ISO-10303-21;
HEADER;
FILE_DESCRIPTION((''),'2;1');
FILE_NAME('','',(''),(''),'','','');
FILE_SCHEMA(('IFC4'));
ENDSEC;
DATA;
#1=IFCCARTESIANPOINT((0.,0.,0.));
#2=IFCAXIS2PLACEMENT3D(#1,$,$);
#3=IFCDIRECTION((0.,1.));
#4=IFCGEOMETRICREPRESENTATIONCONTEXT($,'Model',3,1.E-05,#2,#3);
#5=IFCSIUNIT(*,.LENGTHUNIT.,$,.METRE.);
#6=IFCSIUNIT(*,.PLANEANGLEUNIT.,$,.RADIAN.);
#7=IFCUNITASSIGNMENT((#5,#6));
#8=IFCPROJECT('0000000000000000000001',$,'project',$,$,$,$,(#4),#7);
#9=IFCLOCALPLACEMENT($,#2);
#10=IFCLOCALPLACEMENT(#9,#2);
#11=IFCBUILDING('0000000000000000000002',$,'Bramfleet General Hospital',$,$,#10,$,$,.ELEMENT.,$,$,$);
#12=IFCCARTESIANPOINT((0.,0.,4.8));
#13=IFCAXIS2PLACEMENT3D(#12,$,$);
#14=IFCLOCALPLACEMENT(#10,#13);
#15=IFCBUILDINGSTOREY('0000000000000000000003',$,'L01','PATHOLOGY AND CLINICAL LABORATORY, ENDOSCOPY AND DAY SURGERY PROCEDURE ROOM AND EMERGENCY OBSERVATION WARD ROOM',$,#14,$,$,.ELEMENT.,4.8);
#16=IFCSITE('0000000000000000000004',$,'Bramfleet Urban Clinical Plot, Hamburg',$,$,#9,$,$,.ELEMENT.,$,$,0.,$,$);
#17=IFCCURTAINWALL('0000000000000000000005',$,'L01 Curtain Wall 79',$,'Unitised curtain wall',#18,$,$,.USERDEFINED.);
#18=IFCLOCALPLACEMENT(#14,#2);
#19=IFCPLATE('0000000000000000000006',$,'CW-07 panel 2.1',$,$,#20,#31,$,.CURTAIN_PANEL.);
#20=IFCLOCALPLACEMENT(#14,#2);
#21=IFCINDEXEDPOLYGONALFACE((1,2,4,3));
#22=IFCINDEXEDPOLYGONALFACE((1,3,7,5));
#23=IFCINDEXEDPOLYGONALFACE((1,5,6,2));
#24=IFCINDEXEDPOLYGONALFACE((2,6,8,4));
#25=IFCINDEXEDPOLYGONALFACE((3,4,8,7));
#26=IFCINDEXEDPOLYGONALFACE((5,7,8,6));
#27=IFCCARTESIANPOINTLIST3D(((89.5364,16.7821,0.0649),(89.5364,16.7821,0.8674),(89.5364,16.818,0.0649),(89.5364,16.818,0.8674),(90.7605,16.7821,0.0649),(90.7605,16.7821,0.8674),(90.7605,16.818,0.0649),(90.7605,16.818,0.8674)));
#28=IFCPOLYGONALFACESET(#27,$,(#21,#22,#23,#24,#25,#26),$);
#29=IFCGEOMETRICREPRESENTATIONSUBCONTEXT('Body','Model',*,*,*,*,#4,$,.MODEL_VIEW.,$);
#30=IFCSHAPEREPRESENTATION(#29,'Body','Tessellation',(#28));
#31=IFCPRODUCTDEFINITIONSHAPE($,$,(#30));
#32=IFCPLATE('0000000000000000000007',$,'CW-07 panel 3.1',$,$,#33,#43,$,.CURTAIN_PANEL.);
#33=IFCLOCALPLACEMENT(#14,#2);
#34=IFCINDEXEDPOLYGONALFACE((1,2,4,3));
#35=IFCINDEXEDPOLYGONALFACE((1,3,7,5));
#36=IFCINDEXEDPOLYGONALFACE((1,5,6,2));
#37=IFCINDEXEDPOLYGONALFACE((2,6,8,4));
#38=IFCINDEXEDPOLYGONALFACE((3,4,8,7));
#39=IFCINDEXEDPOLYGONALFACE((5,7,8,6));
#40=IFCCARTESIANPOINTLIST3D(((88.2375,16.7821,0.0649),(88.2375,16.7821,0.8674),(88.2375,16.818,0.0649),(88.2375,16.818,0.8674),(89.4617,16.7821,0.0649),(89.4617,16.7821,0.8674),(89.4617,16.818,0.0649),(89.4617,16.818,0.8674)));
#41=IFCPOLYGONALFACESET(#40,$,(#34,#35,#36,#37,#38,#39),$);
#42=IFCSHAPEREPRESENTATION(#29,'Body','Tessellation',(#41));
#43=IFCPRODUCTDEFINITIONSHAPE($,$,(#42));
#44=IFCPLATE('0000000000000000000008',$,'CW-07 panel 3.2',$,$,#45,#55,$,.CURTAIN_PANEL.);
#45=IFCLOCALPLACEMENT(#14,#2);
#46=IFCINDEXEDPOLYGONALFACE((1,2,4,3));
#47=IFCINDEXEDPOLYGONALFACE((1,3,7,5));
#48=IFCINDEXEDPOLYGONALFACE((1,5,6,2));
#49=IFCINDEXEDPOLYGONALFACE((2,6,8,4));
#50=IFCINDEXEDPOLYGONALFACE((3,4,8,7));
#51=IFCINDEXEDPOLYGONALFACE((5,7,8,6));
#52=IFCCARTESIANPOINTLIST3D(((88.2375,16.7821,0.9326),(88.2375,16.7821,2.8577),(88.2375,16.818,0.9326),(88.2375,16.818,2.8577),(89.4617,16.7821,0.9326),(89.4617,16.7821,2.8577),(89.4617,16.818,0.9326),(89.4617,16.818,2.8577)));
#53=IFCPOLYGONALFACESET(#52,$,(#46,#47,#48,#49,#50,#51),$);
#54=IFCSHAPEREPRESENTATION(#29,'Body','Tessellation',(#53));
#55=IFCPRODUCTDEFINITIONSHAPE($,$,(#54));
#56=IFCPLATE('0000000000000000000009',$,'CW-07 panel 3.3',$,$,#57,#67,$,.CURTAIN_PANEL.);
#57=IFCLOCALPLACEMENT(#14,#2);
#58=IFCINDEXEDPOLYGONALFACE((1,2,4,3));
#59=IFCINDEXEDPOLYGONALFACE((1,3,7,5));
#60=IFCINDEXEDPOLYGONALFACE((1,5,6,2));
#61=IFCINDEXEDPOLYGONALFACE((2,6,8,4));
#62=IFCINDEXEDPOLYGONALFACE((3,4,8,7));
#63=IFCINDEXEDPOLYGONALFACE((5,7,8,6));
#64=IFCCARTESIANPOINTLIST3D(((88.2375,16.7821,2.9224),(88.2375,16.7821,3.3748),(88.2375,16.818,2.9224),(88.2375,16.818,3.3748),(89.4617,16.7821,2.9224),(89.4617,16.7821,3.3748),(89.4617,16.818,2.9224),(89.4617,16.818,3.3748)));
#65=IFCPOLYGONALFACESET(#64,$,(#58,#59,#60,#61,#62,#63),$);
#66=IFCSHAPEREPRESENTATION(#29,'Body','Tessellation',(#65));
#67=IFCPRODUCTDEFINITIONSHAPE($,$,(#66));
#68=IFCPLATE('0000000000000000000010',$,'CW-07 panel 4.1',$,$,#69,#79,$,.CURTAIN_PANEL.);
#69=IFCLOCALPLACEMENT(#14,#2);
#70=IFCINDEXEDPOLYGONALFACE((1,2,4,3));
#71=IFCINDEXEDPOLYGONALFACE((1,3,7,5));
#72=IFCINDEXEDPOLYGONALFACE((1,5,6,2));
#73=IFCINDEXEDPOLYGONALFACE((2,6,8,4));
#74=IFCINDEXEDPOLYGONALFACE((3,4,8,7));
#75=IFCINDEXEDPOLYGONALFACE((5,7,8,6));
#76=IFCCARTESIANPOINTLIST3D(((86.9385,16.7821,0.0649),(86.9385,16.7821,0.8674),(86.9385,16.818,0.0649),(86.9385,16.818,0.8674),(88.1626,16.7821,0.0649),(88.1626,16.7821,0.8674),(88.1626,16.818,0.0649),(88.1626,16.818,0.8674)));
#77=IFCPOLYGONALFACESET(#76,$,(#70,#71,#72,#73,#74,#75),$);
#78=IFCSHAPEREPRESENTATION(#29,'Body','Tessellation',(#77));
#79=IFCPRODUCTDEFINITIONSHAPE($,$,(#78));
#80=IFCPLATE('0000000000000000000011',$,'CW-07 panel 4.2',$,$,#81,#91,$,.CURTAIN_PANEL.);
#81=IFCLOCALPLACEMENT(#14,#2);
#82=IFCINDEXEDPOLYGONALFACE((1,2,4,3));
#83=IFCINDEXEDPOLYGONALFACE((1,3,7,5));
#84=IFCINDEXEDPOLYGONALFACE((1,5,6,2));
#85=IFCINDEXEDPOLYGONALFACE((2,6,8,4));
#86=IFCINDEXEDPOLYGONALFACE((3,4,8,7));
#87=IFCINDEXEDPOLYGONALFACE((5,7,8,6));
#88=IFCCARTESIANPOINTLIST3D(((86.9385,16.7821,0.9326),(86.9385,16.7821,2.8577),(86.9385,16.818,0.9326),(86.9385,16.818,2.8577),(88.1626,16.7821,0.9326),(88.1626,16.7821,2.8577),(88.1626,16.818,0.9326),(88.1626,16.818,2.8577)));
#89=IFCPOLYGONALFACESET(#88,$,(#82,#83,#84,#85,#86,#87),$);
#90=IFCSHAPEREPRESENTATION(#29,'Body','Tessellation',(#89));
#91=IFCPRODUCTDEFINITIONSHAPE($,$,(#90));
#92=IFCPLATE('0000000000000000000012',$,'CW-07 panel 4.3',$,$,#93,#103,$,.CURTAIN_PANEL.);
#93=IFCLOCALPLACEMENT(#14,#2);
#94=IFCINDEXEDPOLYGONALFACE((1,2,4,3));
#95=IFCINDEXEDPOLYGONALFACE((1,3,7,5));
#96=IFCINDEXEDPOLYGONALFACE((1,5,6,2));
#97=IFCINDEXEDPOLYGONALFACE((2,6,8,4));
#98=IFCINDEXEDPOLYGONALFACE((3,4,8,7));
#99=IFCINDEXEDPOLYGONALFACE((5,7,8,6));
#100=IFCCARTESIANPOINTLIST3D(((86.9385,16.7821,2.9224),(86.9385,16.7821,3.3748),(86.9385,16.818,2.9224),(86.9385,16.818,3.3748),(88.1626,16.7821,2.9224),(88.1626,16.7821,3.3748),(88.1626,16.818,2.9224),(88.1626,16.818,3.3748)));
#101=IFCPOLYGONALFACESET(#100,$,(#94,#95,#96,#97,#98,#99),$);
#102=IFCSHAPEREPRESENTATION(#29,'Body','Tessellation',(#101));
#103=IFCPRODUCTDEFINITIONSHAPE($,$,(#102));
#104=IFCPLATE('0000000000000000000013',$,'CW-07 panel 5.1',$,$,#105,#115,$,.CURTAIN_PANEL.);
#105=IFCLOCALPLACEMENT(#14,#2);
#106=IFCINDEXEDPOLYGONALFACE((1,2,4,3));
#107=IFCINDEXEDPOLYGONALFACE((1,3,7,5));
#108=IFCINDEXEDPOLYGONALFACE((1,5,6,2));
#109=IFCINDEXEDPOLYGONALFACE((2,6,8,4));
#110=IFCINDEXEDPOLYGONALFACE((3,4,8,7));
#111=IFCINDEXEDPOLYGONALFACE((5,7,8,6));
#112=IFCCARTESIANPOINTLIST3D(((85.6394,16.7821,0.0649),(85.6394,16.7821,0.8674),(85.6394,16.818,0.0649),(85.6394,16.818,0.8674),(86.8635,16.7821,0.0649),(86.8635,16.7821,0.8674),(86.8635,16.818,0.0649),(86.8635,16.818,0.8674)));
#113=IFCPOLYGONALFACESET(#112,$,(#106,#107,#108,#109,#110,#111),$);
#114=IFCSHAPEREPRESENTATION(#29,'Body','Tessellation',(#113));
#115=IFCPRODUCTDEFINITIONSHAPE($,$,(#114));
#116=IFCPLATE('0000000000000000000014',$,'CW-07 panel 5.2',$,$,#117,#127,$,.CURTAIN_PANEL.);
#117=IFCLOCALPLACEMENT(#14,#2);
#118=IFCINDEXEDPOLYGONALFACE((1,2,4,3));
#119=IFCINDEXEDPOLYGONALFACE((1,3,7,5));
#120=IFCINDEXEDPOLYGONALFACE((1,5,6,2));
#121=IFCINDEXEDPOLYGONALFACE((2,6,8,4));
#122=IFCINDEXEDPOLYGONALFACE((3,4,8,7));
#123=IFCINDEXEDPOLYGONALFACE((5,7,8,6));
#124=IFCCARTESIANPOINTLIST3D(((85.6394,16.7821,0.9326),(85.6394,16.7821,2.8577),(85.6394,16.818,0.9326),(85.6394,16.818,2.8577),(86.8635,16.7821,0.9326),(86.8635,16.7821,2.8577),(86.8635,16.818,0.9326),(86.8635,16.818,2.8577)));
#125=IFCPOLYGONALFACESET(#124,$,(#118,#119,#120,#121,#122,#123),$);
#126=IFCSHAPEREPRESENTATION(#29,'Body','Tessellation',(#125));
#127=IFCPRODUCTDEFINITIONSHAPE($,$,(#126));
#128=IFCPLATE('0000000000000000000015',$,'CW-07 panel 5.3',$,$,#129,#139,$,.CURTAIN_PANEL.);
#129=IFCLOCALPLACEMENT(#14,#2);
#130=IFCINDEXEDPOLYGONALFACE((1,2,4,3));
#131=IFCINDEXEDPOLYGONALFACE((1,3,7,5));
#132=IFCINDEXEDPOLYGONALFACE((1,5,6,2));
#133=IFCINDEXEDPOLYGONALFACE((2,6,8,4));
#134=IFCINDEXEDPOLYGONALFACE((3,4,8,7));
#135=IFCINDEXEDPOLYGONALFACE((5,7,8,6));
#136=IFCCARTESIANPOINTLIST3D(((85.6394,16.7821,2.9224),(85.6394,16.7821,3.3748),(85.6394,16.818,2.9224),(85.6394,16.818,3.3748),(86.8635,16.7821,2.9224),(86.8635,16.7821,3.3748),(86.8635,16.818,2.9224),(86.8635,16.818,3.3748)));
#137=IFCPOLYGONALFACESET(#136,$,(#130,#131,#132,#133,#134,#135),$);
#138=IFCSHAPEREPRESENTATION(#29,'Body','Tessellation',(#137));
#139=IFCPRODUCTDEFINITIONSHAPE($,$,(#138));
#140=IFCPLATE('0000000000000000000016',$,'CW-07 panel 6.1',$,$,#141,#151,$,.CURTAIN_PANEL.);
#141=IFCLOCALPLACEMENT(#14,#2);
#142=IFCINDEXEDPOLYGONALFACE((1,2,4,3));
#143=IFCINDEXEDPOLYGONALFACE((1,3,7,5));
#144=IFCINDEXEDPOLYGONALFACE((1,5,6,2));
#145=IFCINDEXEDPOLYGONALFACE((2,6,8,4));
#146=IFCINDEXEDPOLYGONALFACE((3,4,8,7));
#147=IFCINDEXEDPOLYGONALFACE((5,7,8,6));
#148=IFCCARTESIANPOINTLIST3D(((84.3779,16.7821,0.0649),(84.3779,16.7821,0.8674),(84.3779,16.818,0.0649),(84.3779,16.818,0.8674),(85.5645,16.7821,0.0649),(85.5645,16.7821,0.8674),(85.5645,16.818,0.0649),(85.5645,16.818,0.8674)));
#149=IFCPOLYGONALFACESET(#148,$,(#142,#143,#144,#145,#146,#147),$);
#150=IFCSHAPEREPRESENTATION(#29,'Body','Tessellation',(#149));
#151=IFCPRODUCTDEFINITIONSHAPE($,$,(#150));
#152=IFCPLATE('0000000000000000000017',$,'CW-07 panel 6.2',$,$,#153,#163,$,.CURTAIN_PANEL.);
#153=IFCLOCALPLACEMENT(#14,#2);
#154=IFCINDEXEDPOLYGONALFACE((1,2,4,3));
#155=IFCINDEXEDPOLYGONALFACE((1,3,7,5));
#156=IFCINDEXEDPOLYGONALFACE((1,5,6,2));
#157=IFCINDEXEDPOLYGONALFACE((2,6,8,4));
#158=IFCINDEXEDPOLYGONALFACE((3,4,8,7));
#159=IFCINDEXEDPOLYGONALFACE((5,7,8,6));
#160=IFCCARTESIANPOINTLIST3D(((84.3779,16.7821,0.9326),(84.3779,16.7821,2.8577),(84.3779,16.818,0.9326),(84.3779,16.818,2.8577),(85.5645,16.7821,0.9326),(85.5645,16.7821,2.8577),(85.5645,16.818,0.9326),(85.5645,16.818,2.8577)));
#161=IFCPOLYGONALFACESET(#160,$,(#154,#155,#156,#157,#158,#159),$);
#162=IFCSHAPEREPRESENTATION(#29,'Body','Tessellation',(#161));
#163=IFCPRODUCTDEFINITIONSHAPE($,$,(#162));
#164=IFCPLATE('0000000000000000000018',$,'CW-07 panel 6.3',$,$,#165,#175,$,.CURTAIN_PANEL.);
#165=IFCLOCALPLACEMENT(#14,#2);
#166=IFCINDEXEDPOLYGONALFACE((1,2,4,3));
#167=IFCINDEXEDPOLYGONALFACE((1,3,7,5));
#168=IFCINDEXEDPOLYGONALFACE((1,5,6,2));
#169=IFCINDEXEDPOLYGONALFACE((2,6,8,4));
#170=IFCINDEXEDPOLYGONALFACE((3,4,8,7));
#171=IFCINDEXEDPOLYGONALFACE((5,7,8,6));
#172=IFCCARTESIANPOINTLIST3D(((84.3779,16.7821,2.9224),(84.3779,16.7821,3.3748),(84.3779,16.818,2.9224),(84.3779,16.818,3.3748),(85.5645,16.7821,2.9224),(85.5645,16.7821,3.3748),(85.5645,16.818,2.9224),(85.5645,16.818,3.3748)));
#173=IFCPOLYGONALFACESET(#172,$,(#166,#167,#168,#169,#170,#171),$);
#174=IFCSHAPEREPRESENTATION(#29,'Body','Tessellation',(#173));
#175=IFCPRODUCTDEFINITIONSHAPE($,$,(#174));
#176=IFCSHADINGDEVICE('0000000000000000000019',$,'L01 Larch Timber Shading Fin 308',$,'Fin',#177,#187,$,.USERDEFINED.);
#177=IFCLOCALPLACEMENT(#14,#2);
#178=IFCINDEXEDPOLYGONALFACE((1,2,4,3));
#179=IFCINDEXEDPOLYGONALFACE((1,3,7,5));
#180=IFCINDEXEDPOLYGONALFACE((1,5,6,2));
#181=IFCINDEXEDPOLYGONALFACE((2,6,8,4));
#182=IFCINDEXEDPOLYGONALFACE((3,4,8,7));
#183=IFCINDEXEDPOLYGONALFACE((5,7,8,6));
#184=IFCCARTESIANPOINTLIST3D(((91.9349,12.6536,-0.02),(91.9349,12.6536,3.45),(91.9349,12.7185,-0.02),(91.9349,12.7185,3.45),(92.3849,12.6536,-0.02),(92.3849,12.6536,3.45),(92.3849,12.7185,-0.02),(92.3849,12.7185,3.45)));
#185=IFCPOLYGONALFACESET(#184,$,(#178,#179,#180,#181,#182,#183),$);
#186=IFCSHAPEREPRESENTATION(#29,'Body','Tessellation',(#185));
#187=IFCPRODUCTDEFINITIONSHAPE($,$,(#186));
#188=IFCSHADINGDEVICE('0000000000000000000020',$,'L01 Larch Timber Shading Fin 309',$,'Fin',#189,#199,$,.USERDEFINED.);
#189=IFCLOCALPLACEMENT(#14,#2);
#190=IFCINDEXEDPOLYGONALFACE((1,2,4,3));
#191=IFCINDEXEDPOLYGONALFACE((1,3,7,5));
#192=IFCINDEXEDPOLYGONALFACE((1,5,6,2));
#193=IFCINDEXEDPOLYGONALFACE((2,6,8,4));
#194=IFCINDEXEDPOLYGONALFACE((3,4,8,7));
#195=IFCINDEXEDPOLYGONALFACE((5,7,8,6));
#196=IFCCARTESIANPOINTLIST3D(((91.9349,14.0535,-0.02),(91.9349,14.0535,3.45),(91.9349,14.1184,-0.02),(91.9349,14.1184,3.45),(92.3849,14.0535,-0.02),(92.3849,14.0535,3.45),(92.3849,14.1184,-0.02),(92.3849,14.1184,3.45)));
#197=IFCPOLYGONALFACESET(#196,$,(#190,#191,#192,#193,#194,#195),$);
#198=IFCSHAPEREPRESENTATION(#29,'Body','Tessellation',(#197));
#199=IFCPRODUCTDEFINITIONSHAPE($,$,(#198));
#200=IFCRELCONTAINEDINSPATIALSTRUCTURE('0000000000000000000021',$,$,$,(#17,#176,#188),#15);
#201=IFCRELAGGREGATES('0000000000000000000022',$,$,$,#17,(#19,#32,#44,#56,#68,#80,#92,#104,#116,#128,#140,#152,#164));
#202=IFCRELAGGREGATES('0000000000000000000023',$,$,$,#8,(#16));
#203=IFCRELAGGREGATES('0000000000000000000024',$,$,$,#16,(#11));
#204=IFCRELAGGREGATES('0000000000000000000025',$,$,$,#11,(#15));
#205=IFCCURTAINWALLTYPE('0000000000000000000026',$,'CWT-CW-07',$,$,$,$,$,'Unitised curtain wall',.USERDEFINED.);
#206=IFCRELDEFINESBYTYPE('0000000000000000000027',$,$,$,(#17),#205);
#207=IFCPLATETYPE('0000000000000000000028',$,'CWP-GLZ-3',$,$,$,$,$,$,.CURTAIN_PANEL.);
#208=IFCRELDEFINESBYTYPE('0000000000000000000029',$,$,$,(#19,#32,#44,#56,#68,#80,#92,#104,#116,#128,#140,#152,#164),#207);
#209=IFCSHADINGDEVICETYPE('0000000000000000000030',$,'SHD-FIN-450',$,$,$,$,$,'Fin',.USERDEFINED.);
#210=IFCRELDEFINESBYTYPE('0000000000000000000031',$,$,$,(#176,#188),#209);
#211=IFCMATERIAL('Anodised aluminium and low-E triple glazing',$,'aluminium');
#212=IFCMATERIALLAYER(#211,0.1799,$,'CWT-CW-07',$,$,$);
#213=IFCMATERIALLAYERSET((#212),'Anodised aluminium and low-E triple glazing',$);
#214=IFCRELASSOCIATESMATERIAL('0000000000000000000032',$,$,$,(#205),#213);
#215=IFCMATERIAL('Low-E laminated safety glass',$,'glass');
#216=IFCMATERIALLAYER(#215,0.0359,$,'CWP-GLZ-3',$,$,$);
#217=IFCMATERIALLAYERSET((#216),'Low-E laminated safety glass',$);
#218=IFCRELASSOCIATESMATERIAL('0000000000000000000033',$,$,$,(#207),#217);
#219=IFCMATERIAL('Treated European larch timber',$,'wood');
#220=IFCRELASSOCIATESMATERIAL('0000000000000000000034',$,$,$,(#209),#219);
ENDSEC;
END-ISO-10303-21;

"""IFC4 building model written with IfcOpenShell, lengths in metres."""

from ifc_helpers import new_model, si_unit, direction, frame, origin, origin_2d, place, context, subcontext, project, spatial, rectangle, extrude, material, layer, layer_set, material_profile, profile_set, type_object, element, aggregate, save


model = new_model("IFC4")

# Units and contexts
model_context = context("Model", 3, precision=1e-05, world=origin(), true_north=direction((0.0, 1.0)))
body_context = subcontext(model_context, "Body", "Model", "MODEL_VIEW")
ifc_project = project(units=[si_unit("LENGTHUNIT", "METRE"), si_unit("PLANEANGLEUNIT", "RADIAN")], contexts=[model_context])

# Site, building, storey
site_placement = place(None, origin())
site = spatial("IfcSite", under=ifc_project, at=site_placement, Name="Bramfleet Urban Clinical Plot, Hamburg", CompositionType="ELEMENT", RefElevation=0.0)
building_placement = place(site_placement, origin())
building = spatial("IfcBuilding", under=site, at=building_placement, Name="Bramfleet General Hospital", CompositionType="ELEMENT")
storey_placement = place(building_placement, frame((0.0, 0.0, 4.8)))
storey = spatial("IfcBuildingStorey", under=building, at=storey_placement, Name="L01", Description="PATHOLOGY AND CLINICAL LABORATORY, ENDOSCOPY AND DAY SURGERY PROCEDURE ROOM AND EMERGENCY OBSERVATION WARD ROOM", CompositionType="ELEMENT", Elevation=4.8)

# Curtain wall, plates
ifc_material_1 = material(Name="Anodised aluminium and low-E triple glazing", Category="aluminium")
ifc_layer_1 = layer(ifc_material_1, 0.1799, Name="CWT-CW-07")
ifc_layer_set_1 = layer_set([ifc_layer_1], Name="Anodised aluminium and low-E triple glazing")
curtain_wall_type = type_object("IfcCurtainWallType", Name="CWT-CW-07", ElementType="Unitised curtain wall", PredefinedType="USERDEFINED", material=ifc_layer_set_1)
curtain_wall_placement = place(storey_placement, origin())
curtain_wall = element("IfcCurtainWall", 1, at=curtain_wall_placement, inside=storey, type_object=curtain_wall_type, Name="L01 Curtain Wall 79", ObjectType="Unitised curtain wall", PredefinedType="USERDEFINED")
ifc_material_2 = material(Name="Low-E laminated safety glass", Category="glass")
ifc_layer_2 = layer(ifc_material_2, 0.0359, Name="CWP-GLZ-3")
ifc_layer_set_2 = layer_set([ifc_layer_2], Name="Low-E laminated safety glass")
plate_type = type_object("IfcPlateType", Name="CWP-GLZ-3", PredefinedType="CURTAIN_PANEL", material=ifc_layer_set_2)
plate_1_placement = place(storey_placement, frame((90.1484, 16.8, 0.0649), z_axis=(0.0, 0.0, 1.0), x_axis=(-1.0, 0.0, 0.0)))
plate_1 = element("IfcPlate", 2, at=plate_1_placement, type_object=plate_type, Name="CW-07 panel 2.1", PredefinedType="CURTAIN_PANEL", context=body_context, shape_type="SweptSolid", body=[
    extrude(rectangle(XDim=1.2241, YDim=0.0359, at=origin_2d()), origin(), (0.0, 0.0, 1.0), 0.8025),
])
plate_2_placement = place(storey_placement, frame((88.8496, 16.8, 0.0649), z_axis=(0.0, 0.0, 1.0), x_axis=(-1.0, 0.0, 0.0)))
plate_2 = element("IfcPlate", 3, at=plate_2_placement, type_object=plate_type, Name="CW-07 panel 3.1", PredefinedType="CURTAIN_PANEL", context=body_context, shape_type="SweptSolid", body=[
    extrude(rectangle(XDim=1.2241, YDim=0.0359, at=origin_2d()), origin(), (0.0, 0.0, 1.0), 0.8025),
])
plate_3_placement = place(storey_placement, frame((88.8496, 16.8, 0.9326), z_axis=(0.0, 0.0, 1.0), x_axis=(-1.0, 0.0, 0.0)))
plate_3 = element("IfcPlate", 4, at=plate_3_placement, type_object=plate_type, Name="CW-07 panel 3.2", PredefinedType="CURTAIN_PANEL", context=body_context, shape_type="SweptSolid", body=[
    extrude(rectangle(XDim=1.2241, YDim=0.0359, at=origin_2d()), origin(), (0.0, 0.0, 1.0), 1.925),
])
plate_4_placement = place(storey_placement, frame((88.8496, 16.8, 2.9224), z_axis=(0.0, 0.0, 1.0), x_axis=(-1.0, 0.0, 0.0)))
plate_4 = element("IfcPlate", 5, at=plate_4_placement, type_object=plate_type, Name="CW-07 panel 3.3", PredefinedType="CURTAIN_PANEL", context=body_context, shape_type="SweptSolid", body=[
    extrude(rectangle(XDim=1.2241, YDim=0.0359, at=origin_2d()), origin(), (0.0, 0.0, 1.0), 0.4524),
])
plate_5_placement = place(storey_placement, frame((87.5505, 16.8, 0.0649), z_axis=(0.0, 0.0, 1.0), x_axis=(-1.0, 0.0, 0.0)))
plate_5 = element("IfcPlate", 6, at=plate_5_placement, type_object=plate_type, Name="CW-07 panel 4.1", PredefinedType="CURTAIN_PANEL", context=body_context, shape_type="SweptSolid", body=[
    extrude(rectangle(XDim=1.2241, YDim=0.0359, at=origin_2d()), origin(), (0.0, 0.0, 1.0), 0.8025),
])
plate_6_placement = place(storey_placement, frame((87.5505, 16.8, 0.9326), z_axis=(0.0, 0.0, 1.0), x_axis=(-1.0, 0.0, 0.0)))
plate_6 = element("IfcPlate", 7, at=plate_6_placement, type_object=plate_type, Name="CW-07 panel 4.2", PredefinedType="CURTAIN_PANEL", context=body_context, shape_type="SweptSolid", body=[
    extrude(rectangle(XDim=1.2241, YDim=0.0359, at=origin_2d()), origin(), (0.0, 0.0, 1.0), 1.925),
])
plate_7_placement = place(storey_placement, frame((87.5505, 16.8, 2.9224), z_axis=(0.0, 0.0, 1.0), x_axis=(-1.0, 0.0, 0.0)))
plate_7 = element("IfcPlate", 8, at=plate_7_placement, type_object=plate_type, Name="CW-07 panel 4.3", PredefinedType="CURTAIN_PANEL", context=body_context, shape_type="SweptSolid", body=[
    extrude(rectangle(XDim=1.2241, YDim=0.0359, at=origin_2d()), origin(), (0.0, 0.0, 1.0), 0.4524),
])
plate_8_placement = place(storey_placement, frame((86.2515, 16.8, 0.0649), z_axis=(0.0, 0.0, 1.0), x_axis=(-1.0, 0.0, 0.0)))
plate_8 = element("IfcPlate", 9, at=plate_8_placement, type_object=plate_type, Name="CW-07 panel 5.1", PredefinedType="CURTAIN_PANEL", context=body_context, shape_type="SweptSolid", body=[
    extrude(rectangle(XDim=1.2241, YDim=0.0359, at=origin_2d()), origin(), (0.0, 0.0, 1.0), 0.8025),
])
plate_9_placement = place(storey_placement, frame((86.2515, 16.8, 0.9326), z_axis=(0.0, 0.0, 1.0), x_axis=(-1.0, 0.0, 0.0)))
plate_9 = element("IfcPlate", 10, at=plate_9_placement, type_object=plate_type, Name="CW-07 panel 5.2", PredefinedType="CURTAIN_PANEL", context=body_context, shape_type="SweptSolid", body=[
    extrude(rectangle(XDim=1.2241, YDim=0.0359, at=origin_2d()), origin(), (0.0, 0.0, 1.0), 1.925),
])
plate_10_placement = place(storey_placement, frame((86.2515, 16.8, 2.9224), z_axis=(0.0, 0.0, 1.0), x_axis=(-1.0, 0.0, 0.0)))
plate_10 = element("IfcPlate", 11, at=plate_10_placement, type_object=plate_type, Name="CW-07 panel 5.3", PredefinedType="CURTAIN_PANEL", context=body_context, shape_type="SweptSolid", body=[
    extrude(rectangle(XDim=1.2241, YDim=0.0359, at=origin_2d()), origin(), (0.0, 0.0, 1.0), 0.4524),
])
plate_11_placement = place(storey_placement, frame((84.9712, 16.8, 0.0649), z_axis=(0.0, 0.0, 1.0), x_axis=(-1.0, 0.0, 0.0)))
plate_11 = element("IfcPlate", 12, at=plate_11_placement, type_object=plate_type, Name="CW-07 panel 6.1", PredefinedType="CURTAIN_PANEL", context=body_context, shape_type="SweptSolid", body=[
    extrude(rectangle(XDim=1.1865, YDim=0.0359, at=origin_2d()), origin(), (0.0, 0.0, 1.0), 0.8025),
])
plate_12_placement = place(storey_placement, frame((84.9712, 16.8, 0.9326), z_axis=(0.0, 0.0, 1.0), x_axis=(-1.0, 0.0, 0.0)))
plate_12 = element("IfcPlate", 13, at=plate_12_placement, type_object=plate_type, Name="CW-07 panel 6.2", PredefinedType="CURTAIN_PANEL", context=body_context, shape_type="SweptSolid", body=[
    extrude(rectangle(XDim=1.1865, YDim=0.0359, at=origin_2d()), origin(), (0.0, 0.0, 1.0), 1.925),
])
plate_13_placement = place(storey_placement, frame((84.9712, 16.8, 2.9224), z_axis=(0.0, 0.0, 1.0), x_axis=(-1.0, 0.0, 0.0)))
plate_13 = element("IfcPlate", 14, at=plate_13_placement, type_object=plate_type, Name="CW-07 panel 6.3", PredefinedType="CURTAIN_PANEL", context=body_context, shape_type="SweptSolid", body=[
    extrude(rectangle(XDim=1.1865, YDim=0.0359, at=origin_2d()), origin(), (0.0, 0.0, 1.0), 0.4524),
])
aggregate(curtain_wall, [plate_1, plate_2, plate_3, plate_4, plate_5, plate_6, plate_7, plate_8, plate_9, plate_10, plate_11, plate_12, plate_13])

# Shading devices
ifc_material_3 = material(Name="Treated European larch timber", Category="wood")
ifc_material_profile_1 = material_profile(ifc_material_3, rectangle(XDim=0.0649, YDim=0.45, at=origin_2d()), Name="LARCH FIN 450x65")
ifc_profile_set_1 = profile_set([ifc_material_profile_1], Name="Treated European larch timber")
shading_device_type = type_object("IfcShadingDeviceType", Name="SHD-FIN-450", ElementType="Fin", PredefinedType="USERDEFINED", material=ifc_profile_set_1)
for number, where, z_axis, x_axis, name in (
    (15, (92.1599, 12.686, -0.02), (0.0, 0.0, 1.0), (0.0, 1.0, 0.0), "L01 Larch Timber Shading Fin 308"),
    (16, (92.1599, 14.0859, -0.02), (0.0, 0.0, 1.0), (0.0, 1.0, 0.0), "L01 Larch Timber Shading Fin 309"),
):
    element("IfcShadingDevice", number, at=place(storey_placement, frame(where, z_axis=z_axis, x_axis=x_axis)), inside=storey, type_object=shading_device_type, Name=name, ObjectType="Fin", PredefinedType="USERDEFINED", context=body_context, shape_type="SweptSolid", body=[
        extrude(rectangle(XDim=0.0649, YDim=0.45, at=origin_2d()), origin(), (0.0, 0.0, 1.0), 3.47),
    ])

save(model, "model.ifc")
